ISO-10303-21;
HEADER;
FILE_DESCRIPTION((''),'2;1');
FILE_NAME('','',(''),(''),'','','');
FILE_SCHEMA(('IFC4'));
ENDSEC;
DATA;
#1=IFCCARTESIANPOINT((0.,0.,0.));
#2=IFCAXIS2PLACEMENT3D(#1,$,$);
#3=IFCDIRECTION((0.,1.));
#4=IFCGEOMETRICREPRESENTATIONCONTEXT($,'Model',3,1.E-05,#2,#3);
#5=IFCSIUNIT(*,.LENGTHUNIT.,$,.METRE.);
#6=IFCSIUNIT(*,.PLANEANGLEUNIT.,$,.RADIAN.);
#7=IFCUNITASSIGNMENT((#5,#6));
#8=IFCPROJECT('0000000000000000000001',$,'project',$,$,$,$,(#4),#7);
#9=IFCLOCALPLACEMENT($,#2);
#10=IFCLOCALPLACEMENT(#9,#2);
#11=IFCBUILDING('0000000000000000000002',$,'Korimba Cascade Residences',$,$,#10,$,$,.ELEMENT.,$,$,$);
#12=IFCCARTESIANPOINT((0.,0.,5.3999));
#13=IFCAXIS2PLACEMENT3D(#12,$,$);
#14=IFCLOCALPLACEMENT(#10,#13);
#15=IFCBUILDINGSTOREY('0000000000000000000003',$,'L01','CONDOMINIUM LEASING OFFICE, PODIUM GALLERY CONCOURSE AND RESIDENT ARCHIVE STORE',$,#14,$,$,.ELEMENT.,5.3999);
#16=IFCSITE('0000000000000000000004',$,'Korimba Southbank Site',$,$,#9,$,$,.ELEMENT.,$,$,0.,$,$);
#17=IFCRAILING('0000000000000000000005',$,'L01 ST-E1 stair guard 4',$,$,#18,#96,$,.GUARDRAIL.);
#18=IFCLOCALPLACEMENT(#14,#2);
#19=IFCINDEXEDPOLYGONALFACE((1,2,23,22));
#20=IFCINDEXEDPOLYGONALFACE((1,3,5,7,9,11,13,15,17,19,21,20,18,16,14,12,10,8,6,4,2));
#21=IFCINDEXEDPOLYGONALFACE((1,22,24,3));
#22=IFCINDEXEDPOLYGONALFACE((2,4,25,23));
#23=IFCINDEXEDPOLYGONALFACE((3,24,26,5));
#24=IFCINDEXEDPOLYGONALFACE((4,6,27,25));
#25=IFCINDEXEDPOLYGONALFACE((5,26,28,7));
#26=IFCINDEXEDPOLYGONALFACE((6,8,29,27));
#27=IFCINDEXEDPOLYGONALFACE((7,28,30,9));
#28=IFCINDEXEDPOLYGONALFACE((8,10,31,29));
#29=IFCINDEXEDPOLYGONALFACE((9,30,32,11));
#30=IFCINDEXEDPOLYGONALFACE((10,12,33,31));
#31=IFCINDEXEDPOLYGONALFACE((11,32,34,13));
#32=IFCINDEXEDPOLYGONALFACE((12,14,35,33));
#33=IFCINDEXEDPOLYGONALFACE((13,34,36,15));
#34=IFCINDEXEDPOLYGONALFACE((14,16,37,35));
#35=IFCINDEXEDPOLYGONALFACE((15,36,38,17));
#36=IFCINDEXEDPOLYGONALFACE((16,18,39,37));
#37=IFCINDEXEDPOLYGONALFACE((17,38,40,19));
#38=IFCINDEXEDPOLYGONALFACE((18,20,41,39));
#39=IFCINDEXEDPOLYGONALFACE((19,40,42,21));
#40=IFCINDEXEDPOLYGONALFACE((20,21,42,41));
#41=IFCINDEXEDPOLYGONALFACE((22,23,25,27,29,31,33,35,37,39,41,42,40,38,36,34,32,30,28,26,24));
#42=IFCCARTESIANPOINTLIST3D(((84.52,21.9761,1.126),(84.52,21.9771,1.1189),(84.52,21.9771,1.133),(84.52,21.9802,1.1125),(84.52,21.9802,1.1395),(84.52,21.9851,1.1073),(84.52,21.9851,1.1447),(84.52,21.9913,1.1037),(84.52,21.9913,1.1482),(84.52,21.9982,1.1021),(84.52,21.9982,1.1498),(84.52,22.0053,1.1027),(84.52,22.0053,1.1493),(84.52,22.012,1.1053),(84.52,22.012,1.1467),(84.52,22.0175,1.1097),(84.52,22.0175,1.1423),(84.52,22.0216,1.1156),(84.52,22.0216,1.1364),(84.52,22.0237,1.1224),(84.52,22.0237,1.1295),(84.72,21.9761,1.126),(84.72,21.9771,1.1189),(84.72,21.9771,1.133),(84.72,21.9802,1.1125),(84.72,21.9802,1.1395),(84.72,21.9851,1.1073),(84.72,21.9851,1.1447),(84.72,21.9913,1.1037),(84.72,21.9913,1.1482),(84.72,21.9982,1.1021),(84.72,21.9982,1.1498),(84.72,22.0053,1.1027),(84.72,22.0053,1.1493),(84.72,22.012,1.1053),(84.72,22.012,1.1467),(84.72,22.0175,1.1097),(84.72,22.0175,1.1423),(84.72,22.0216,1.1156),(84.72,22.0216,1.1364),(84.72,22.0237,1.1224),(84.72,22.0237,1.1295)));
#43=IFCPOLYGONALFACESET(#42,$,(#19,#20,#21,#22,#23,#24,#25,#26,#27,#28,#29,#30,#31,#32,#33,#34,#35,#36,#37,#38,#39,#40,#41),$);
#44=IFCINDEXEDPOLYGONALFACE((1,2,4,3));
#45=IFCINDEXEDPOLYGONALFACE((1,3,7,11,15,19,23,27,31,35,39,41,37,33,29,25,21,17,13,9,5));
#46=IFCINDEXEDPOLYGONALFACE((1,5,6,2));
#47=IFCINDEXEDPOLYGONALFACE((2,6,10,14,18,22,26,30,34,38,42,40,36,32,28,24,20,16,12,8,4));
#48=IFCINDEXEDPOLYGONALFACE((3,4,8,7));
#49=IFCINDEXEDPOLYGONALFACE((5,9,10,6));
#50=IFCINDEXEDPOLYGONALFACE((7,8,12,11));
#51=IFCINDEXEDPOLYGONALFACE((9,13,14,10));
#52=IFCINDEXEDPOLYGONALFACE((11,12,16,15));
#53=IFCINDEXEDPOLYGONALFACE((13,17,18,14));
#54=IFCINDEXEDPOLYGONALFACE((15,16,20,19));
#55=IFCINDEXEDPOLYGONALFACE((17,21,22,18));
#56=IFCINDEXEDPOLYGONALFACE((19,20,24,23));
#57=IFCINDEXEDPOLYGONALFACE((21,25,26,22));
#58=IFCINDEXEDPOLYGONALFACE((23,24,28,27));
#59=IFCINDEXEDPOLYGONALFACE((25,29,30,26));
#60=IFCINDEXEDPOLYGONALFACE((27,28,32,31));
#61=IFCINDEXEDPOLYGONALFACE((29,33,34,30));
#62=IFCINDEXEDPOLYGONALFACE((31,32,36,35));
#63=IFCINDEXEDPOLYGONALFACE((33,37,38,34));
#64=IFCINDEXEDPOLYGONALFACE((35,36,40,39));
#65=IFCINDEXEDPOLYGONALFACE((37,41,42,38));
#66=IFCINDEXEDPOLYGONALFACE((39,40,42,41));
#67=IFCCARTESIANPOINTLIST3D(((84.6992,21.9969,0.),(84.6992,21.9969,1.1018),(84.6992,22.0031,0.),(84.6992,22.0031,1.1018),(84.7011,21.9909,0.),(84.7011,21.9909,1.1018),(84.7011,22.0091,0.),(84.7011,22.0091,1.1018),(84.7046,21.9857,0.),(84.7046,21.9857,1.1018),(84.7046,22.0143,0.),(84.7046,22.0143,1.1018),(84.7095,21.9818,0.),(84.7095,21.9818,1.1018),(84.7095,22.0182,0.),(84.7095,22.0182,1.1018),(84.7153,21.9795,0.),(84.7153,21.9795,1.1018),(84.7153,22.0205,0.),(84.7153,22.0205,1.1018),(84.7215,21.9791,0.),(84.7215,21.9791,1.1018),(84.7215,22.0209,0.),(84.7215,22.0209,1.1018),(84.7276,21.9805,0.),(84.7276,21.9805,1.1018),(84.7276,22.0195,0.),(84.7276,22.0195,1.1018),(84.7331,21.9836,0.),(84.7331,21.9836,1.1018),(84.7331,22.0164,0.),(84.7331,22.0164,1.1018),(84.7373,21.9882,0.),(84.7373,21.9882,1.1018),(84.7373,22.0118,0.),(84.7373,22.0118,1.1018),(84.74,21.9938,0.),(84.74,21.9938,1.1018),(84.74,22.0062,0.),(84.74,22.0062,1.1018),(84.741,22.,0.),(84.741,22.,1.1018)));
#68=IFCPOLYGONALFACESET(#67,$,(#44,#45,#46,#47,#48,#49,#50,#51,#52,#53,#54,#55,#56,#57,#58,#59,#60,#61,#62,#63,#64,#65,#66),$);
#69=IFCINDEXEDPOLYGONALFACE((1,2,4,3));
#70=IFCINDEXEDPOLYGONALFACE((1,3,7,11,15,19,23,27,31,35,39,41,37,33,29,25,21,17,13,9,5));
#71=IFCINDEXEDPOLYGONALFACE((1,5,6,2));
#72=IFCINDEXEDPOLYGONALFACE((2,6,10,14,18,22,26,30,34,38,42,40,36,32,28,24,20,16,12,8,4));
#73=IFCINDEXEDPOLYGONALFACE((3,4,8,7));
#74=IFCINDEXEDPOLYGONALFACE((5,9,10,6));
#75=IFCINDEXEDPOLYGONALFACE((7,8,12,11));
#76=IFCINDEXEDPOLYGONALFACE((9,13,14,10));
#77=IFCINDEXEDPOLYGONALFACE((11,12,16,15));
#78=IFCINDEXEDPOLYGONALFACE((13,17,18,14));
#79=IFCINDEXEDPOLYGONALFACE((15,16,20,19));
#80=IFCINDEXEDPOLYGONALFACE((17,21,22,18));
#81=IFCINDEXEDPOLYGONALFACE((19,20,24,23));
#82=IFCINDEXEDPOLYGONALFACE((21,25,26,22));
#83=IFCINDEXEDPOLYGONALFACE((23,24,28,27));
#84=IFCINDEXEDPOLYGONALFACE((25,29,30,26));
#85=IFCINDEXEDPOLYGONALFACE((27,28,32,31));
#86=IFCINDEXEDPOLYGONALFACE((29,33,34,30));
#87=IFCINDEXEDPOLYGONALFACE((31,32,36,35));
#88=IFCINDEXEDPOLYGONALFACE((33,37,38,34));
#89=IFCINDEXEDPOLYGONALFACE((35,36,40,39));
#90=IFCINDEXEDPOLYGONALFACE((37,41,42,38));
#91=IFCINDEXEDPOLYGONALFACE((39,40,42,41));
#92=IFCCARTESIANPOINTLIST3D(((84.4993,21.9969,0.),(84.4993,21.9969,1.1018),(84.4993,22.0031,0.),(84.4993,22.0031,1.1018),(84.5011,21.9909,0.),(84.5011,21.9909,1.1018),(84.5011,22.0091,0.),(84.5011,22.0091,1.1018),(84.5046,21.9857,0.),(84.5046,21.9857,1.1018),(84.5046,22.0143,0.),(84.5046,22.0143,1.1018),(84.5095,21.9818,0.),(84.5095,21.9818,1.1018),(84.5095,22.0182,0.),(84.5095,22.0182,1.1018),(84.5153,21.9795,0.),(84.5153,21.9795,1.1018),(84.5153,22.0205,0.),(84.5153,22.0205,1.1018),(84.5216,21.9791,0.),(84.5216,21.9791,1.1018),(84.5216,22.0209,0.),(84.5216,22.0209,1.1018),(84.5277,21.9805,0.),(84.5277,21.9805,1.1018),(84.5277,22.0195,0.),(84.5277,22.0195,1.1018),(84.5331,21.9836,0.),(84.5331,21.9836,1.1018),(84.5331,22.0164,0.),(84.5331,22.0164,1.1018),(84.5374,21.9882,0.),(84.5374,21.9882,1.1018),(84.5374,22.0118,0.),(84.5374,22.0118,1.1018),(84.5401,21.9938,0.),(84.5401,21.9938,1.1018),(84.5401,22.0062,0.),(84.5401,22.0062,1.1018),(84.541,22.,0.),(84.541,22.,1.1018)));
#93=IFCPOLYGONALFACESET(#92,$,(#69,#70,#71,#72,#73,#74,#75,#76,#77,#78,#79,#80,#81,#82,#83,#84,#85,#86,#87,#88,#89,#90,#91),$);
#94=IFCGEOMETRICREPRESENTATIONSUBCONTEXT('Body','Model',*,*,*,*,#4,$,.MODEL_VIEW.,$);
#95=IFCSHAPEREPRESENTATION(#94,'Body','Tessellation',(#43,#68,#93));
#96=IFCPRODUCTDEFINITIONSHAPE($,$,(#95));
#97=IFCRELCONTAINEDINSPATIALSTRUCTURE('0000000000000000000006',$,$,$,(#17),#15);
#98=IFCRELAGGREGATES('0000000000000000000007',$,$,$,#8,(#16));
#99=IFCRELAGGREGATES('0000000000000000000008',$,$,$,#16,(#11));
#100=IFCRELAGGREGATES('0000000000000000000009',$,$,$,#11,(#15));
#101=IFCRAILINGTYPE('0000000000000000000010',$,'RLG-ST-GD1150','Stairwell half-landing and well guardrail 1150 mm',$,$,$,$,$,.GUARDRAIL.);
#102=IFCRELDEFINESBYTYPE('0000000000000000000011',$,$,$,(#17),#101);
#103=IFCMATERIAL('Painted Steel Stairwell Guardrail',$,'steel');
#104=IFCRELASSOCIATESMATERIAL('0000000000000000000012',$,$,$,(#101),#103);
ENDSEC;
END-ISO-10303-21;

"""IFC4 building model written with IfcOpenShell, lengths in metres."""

from ifc_helpers import new_model, si_unit, direction, frame, origin, origin_2d, place, context, subcontext, project, spatial, circle, extrude, material, type_object, element, save


model = new_model("IFC4")

# Units and contexts
model_context = context("Model", 3, precision=1e-05, world=origin(), true_north=direction((0.0, 1.0)))
body_context = subcontext(model_context, "Body", "Model", "MODEL_VIEW")
ifc_project = project(units=[si_unit("LENGTHUNIT", "METRE"), si_unit("PLANEANGLEUNIT", "RADIAN")], contexts=[model_context])

# Site, building, storey
site_placement = place(None, origin())
site = spatial("IfcSite", under=ifc_project, at=site_placement, Name="Korimba Southbank Site", CompositionType="ELEMENT", RefElevation=0.0)
building_placement = place(site_placement, origin())
building = spatial("IfcBuilding", under=site, at=building_placement, Name="Korimba Cascade Residences", CompositionType="ELEMENT")
storey_placement = place(building_placement, frame((0.0, 0.0, 5.3999)))
storey = spatial("IfcBuildingStorey", under=building, at=storey_placement, Name="L01", Description="CONDOMINIUM LEASING OFFICE, PODIUM GALLERY CONCOURSE AND RESIDENT ARCHIVE STORE", CompositionType="ELEMENT", Elevation=5.3999)

# Railing
ifc_material_1 = material(Name="Painted Steel Stairwell Guardrail", Category="steel")
railing_type = type_object("IfcRailingType", Name="RLG-ST-GD1150", Description="Stairwell half-landing and well guardrail 1150 mm", PredefinedType="GUARDRAIL", material=ifc_material_1)
railing_1_placement = place(storey_placement, frame((84.72, 22.0, 0.0)))
element("IfcRailing", 1, at=railing_1_placement, inside=storey, type_object=railing_type, Name="L01 ST-E1 stair guard 4", PredefinedType="GUARDRAIL", context=body_context, shape_type="SweptSolid", body=[
    extrude(circle(Radius=0.0239, at=origin_2d()), frame((0.0, 0.0, 1.126), z_axis=(-1.0, 0.0, 0.0), x_axis=(0.0, -1.0, 0.0)), (0.0, 0.0, 1.0), 0.2),
    extrude(circle(Radius=0.021, at=origin_2d()), origin(), (0.0, 0.0, 1.0), 1.1018),
    extrude(circle(Radius=0.021, at=origin_2d()), frame((-0.2, 0.0, 0.0)), (0.0, 0.0, 1.0), 1.1018),
])

save(model, "model.ifc")
